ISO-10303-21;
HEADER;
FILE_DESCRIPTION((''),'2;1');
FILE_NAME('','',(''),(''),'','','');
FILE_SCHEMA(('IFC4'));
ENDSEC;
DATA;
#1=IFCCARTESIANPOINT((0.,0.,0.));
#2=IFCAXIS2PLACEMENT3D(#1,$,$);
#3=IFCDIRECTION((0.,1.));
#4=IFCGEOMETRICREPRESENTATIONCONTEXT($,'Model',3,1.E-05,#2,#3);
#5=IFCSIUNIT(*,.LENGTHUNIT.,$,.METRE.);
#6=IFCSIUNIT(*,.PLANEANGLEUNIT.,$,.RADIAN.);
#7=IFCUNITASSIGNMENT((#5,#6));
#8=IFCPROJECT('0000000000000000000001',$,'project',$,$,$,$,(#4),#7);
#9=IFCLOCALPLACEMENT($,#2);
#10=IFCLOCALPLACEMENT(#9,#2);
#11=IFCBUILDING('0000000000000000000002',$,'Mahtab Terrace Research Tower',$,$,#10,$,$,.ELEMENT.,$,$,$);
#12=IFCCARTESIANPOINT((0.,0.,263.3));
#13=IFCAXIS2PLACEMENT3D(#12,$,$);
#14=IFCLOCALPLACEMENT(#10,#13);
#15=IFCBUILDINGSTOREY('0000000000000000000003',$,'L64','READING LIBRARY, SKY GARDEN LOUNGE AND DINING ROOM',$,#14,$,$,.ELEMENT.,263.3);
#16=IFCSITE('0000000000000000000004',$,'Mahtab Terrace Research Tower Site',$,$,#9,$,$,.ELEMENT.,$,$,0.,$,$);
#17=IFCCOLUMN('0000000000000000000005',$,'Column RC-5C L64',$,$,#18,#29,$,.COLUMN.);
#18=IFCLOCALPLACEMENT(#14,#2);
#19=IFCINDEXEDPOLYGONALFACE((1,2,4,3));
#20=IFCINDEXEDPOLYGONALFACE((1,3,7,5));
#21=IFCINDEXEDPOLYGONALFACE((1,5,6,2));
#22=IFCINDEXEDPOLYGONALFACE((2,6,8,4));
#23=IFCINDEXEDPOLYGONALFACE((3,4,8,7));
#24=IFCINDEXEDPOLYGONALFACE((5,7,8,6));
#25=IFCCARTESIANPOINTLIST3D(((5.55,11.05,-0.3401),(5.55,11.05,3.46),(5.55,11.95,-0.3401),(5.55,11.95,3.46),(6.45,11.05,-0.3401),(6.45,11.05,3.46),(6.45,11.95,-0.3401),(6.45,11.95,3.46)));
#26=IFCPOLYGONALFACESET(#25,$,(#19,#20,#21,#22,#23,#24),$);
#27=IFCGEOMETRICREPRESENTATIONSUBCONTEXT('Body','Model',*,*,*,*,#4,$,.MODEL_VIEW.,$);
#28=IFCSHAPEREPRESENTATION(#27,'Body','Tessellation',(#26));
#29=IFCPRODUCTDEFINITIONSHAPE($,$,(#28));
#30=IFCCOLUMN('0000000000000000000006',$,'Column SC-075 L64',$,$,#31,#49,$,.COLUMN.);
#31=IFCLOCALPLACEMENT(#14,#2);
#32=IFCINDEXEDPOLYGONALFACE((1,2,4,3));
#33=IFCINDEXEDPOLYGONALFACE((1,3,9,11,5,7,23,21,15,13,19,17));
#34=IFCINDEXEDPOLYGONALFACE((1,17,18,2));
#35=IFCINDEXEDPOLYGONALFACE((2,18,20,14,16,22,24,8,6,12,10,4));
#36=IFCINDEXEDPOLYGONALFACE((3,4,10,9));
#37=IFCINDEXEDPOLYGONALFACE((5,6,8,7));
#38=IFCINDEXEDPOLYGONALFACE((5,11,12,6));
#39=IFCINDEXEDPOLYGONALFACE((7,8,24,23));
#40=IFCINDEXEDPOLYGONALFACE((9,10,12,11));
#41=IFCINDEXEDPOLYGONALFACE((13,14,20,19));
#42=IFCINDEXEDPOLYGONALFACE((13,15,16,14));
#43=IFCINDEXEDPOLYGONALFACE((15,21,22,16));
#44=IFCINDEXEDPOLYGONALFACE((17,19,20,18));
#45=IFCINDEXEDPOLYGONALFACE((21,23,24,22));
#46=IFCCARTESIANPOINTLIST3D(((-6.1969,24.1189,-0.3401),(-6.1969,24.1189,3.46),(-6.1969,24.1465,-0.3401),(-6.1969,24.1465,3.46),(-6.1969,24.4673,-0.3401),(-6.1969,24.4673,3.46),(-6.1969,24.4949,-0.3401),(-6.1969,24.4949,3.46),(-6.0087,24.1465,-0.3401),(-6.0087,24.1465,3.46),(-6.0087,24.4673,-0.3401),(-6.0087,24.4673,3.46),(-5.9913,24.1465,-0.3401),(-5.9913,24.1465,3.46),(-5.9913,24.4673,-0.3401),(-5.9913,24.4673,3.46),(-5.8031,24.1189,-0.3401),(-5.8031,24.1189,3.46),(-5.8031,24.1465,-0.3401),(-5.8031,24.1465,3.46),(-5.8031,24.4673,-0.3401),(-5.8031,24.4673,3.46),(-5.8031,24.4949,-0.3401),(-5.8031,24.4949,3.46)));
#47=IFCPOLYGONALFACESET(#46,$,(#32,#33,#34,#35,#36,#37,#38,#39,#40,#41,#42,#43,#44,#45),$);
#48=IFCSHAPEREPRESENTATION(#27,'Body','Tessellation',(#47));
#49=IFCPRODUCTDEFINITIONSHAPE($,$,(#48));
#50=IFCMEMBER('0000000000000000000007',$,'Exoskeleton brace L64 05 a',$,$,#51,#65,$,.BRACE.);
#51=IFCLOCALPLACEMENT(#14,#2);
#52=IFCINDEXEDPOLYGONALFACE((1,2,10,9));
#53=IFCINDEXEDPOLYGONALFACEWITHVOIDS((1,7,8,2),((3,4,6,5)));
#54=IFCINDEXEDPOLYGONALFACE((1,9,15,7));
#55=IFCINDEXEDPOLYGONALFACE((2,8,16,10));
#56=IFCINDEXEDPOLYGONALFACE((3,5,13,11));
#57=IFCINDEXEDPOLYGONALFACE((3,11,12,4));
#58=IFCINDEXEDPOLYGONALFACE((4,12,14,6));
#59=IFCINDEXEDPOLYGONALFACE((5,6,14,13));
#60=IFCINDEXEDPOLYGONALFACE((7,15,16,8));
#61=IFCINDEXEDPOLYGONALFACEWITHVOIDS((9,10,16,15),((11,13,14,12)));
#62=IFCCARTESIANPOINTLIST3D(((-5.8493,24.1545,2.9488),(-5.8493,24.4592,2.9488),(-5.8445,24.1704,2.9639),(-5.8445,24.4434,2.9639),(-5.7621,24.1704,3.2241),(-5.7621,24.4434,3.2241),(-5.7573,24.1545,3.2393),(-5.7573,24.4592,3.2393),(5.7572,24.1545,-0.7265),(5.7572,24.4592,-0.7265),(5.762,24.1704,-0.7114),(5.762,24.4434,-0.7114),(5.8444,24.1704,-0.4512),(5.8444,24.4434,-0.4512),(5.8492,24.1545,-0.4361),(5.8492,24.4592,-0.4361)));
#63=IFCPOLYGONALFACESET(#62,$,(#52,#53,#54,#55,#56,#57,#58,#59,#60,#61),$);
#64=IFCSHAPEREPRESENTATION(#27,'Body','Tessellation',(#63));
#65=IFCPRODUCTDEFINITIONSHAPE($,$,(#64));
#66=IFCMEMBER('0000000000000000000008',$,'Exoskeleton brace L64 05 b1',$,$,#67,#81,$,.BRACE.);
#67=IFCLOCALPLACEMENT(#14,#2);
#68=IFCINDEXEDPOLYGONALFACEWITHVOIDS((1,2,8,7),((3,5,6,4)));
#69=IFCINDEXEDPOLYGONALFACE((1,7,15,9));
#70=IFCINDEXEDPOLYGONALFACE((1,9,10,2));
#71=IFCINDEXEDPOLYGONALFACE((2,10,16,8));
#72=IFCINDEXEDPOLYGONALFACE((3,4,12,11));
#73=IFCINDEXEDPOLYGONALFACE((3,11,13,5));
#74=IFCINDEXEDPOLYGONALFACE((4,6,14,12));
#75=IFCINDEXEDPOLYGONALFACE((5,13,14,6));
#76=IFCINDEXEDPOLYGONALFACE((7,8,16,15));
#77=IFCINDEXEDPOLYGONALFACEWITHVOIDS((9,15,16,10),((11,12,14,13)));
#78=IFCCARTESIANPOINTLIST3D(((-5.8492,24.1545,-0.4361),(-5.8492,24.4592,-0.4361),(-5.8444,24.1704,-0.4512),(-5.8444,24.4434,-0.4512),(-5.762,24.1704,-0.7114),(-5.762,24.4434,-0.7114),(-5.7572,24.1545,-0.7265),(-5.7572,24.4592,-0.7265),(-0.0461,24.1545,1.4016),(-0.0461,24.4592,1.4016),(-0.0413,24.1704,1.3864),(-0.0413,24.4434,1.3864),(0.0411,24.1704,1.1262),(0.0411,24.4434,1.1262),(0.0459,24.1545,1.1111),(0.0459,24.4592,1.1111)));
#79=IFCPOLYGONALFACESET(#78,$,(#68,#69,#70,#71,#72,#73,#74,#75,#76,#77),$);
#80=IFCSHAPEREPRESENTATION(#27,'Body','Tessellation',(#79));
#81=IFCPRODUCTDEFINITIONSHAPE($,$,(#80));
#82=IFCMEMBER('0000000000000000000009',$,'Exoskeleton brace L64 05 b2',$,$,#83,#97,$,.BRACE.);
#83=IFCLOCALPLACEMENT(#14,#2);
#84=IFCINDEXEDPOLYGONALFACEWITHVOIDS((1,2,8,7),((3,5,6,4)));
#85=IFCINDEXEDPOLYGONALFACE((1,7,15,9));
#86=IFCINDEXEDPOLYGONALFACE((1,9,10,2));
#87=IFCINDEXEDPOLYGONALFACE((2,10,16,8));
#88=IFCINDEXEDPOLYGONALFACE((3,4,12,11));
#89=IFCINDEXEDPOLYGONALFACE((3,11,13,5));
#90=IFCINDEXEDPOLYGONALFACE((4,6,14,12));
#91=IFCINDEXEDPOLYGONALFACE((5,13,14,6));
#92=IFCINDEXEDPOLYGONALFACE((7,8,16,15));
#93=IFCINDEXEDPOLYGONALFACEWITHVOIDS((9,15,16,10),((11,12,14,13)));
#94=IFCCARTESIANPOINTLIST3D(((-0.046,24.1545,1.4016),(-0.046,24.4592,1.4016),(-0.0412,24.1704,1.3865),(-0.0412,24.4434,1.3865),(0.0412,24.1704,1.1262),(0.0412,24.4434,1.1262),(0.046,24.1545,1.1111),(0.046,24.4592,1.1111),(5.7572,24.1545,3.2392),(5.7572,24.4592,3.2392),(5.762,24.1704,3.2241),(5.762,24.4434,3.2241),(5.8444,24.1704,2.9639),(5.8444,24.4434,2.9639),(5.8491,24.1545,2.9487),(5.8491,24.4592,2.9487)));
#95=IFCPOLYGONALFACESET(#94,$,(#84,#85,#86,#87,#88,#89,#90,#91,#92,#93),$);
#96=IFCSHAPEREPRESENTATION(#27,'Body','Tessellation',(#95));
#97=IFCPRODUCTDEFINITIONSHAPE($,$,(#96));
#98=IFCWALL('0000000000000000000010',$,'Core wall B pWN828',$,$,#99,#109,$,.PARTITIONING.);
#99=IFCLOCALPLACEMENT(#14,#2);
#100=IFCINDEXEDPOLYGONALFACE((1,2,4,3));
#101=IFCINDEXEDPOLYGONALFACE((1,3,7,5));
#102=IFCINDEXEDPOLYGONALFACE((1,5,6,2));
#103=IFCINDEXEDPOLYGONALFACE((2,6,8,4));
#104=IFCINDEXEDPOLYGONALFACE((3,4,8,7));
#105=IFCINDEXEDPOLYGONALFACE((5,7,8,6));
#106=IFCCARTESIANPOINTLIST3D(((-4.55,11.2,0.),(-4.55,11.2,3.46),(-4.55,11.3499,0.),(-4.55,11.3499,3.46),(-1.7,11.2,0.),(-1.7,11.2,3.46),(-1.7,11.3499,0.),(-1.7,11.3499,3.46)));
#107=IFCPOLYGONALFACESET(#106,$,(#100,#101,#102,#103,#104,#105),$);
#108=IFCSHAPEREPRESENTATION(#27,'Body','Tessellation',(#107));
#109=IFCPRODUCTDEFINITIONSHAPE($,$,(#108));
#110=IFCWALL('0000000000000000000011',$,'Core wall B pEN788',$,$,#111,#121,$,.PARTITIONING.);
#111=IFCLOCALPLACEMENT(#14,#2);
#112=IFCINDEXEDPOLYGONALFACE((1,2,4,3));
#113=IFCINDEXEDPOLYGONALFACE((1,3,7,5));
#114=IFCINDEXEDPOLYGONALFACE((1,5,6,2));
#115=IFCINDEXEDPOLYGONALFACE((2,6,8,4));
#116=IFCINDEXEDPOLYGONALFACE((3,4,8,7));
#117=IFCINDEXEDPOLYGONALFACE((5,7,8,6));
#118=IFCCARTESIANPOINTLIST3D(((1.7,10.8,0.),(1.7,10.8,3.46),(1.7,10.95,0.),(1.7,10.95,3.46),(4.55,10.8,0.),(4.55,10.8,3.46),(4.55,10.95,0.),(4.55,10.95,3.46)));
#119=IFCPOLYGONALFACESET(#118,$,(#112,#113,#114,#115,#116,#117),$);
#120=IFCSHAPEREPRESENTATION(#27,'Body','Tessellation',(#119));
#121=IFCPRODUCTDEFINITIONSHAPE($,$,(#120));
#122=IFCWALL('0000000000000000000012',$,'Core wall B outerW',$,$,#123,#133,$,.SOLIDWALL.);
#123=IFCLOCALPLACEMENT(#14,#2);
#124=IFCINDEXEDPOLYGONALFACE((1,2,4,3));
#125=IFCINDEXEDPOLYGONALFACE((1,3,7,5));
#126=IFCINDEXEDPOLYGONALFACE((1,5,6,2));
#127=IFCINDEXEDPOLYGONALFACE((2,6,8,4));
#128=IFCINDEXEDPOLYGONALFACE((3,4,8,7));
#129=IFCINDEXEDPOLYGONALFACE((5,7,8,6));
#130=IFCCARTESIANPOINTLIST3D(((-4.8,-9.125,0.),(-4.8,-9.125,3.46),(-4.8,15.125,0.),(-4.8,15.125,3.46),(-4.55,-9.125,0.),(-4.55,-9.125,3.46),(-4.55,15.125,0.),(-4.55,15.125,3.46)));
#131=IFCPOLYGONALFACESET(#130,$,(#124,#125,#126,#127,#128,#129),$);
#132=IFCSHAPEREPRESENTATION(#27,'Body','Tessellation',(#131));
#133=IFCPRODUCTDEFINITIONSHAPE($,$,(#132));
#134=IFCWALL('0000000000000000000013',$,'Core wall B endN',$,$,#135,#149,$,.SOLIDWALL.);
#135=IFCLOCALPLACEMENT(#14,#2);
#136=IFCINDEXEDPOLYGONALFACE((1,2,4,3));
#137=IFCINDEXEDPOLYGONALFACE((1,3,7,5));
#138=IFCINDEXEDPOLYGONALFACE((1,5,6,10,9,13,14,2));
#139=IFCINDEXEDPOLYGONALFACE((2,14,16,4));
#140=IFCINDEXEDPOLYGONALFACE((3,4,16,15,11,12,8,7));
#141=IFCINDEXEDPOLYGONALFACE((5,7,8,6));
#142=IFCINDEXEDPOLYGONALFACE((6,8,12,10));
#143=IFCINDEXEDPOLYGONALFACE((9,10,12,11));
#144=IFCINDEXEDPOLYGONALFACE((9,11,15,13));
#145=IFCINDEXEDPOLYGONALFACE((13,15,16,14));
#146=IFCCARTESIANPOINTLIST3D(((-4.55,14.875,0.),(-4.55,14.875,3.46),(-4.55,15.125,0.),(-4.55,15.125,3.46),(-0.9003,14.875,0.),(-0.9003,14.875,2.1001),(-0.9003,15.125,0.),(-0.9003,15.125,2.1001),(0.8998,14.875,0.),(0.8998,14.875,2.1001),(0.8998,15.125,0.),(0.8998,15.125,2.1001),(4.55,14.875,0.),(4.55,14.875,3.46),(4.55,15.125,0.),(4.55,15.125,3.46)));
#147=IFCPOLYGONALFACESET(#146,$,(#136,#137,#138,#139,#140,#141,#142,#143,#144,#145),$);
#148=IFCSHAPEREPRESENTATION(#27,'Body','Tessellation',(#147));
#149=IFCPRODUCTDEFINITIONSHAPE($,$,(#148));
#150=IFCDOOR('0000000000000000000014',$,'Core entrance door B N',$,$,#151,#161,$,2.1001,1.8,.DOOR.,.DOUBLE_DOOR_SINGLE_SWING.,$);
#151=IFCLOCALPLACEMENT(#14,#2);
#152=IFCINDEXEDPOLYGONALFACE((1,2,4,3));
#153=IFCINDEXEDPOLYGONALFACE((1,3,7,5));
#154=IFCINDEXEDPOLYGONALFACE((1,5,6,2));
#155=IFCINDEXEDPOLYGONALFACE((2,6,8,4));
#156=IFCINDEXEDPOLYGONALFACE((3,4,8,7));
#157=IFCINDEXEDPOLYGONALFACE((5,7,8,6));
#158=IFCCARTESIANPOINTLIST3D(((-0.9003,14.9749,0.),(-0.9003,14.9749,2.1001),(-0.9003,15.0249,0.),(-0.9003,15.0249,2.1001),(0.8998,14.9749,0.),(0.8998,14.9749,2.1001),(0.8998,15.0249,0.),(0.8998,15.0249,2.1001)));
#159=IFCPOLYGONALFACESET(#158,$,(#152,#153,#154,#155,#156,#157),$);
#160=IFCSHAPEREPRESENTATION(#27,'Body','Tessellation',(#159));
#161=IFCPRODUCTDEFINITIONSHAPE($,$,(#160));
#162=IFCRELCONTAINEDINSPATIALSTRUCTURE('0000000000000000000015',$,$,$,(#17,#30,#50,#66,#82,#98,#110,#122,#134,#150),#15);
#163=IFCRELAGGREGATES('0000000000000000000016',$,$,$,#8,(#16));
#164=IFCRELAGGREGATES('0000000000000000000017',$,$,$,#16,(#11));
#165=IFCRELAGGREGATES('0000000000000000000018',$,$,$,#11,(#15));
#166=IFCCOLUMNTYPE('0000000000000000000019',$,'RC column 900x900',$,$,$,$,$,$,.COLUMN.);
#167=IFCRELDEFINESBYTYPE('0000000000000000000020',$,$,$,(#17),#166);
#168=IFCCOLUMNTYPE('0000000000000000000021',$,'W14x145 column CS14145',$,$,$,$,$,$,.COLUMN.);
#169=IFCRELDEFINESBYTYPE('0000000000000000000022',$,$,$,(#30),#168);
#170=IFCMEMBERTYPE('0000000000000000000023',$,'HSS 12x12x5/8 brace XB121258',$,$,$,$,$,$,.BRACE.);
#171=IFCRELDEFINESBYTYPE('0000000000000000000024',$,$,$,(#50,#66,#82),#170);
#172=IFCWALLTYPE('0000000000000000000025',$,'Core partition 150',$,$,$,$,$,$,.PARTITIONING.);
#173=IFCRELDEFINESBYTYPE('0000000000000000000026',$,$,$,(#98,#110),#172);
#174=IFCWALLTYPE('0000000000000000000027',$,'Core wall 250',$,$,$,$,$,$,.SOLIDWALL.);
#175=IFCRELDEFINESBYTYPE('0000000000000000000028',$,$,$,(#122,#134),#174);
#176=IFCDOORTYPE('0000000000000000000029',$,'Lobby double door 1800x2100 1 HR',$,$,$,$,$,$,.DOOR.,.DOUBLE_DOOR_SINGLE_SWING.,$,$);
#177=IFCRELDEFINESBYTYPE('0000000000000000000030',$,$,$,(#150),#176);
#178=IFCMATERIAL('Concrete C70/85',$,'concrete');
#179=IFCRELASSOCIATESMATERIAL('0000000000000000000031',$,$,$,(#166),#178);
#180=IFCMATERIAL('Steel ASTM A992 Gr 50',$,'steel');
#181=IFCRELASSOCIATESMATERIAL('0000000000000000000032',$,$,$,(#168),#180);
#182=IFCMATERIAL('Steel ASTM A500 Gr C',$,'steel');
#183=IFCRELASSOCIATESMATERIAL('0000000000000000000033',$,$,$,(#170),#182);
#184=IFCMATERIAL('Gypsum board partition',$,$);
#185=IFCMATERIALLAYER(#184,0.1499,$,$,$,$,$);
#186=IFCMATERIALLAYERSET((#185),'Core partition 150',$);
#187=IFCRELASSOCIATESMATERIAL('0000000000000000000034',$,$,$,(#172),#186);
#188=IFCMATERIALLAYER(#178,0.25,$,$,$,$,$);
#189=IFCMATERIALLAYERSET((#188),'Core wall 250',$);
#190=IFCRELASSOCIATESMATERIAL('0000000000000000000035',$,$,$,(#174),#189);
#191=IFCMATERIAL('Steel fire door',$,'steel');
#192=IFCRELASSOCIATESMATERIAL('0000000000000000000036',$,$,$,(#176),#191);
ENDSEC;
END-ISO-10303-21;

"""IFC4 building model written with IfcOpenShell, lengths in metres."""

from ifc_helpers import new_model, si_unit, direction, frame, frame_2d, origin, origin_2d, place, context, subcontext, project, spatial, rectangle, hollow_rectangle, i_section, extrude, material, layer, layer_set, material_profile, profile_set, type_object, element, fill, save


model = new_model("IFC4")

# Units and contexts
model_context = context("Model", 3, precision=1e-05, world=origin(), true_north=direction((0.0, 1.0)))
body_context = subcontext(model_context, "Body", "Model", "MODEL_VIEW")
ifc_project = project(units=[si_unit("LENGTHUNIT", "METRE"), si_unit("PLANEANGLEUNIT", "RADIAN")], contexts=[model_context])

# Site, building, storey
site_placement = place(None, origin())
site = spatial("IfcSite", under=ifc_project, at=site_placement, Name="Mahtab Terrace Research Tower Site", CompositionType="ELEMENT", RefElevation=0.0)
building_placement = place(site_placement, origin())
building = spatial("IfcBuilding", under=site, at=building_placement, Name="Mahtab Terrace Research Tower", CompositionType="ELEMENT")
storey_placement = place(building_placement, frame((0.0, 0.0, 263.3)))
storey = spatial("IfcBuildingStorey", under=building, at=storey_placement, Name="L64", Description="READING LIBRARY, SKY GARDEN LOUNGE AND DINING ROOM", CompositionType="ELEMENT", Elevation=263.3)

# Columns
ifc_material_1 = material(Name="Concrete C70/85", Category="concrete")
ifc_material_profile_1 = material_profile(ifc_material_1, rectangle(XDim=0.8999, YDim=0.8999, at=origin_2d()), Name="RC column 900x900")
ifc_profile_set_1 = profile_set([ifc_material_profile_1], Name="Concrete C70/85")
column_type_1 = type_object("IfcColumnType", Name="RC column 900x900", PredefinedType="COLUMN", material=ifc_profile_set_1)
column_1_placement = place(storey_placement, frame((6.0, 11.5, -0.3401), z_axis=(0.0, 0.0, 1.0), x_axis=(1.0, 0.0, 0.0)))
element("IfcColumn", 1, at=column_1_placement, inside=storey, type_object=column_type_1, Name="Column RC-5C L64", PredefinedType="COLUMN", context=body_context, shape_type="SweptSolid", body=[
    extrude(rectangle(XDim=0.8999, YDim=0.8999, at=origin_2d()), origin(), (0.0, 0.0, 1.0), 3.8),
])
ifc_material_2 = material(Name="Steel ASTM A992 Gr 50", Category="steel")
ifc_material_profile_2 = material_profile(ifc_material_2, i_section(OverallWidth=0.3938, OverallDepth=0.376, WebThickness=0.0173, FlangeThickness=0.0276, at=origin_2d()), Name="W14X145")
ifc_profile_set_2 = profile_set([ifc_material_profile_2], Name="Steel ASTM A992 Gr 50")
column_type_2 = type_object("IfcColumnType", Name="W14x145 column CS14145", PredefinedType="COLUMN", material=ifc_profile_set_2)
column_2_placement = place(storey_placement, frame((-6.0, 24.3069, -0.3401), z_axis=(0.0, 0.0, 1.0), x_axis=(1.0, 0.0, 0.0)))
element("IfcColumn", 2, at=column_2_placement, inside=storey, type_object=column_type_2, Name="Column SC-075 L64", PredefinedType="COLUMN", context=body_context, shape_type="SweptSolid", body=[
    extrude(i_section(OverallWidth=0.3938, OverallDepth=0.376, WebThickness=0.0173, FlangeThickness=0.0276, at=origin_2d()), origin(), (0.0, 0.0, 1.0), 3.8),
])

# Members
ifc_material_3 = material(Name="Steel ASTM A500 Gr C", Category="steel")
ifc_material_profile_3 = material_profile(ifc_material_3, hollow_rectangle(XDim=0.3047, YDim=0.3047, WallThickness=0.0159, at=origin_2d()), Name="HSS12X12X5/8")
ifc_profile_set_3 = profile_set([ifc_material_profile_3], Name="Steel ASTM A500 Gr C")
member_type = type_object("IfcMemberType", Name="HSS 12x12x5/8 brace XB121258", PredefinedType="BRACE", material=ifc_profile_set_3)
member_placement = place(storey_placement, frame((5.8032, 24.3069, -0.5813), z_axis=(-0.953344, 0.0, 0.301886), x_axis=(0.0, -1.0, 0.0)))
element("IfcMember", 3, at=member_placement, inside=storey, type_object=member_type, Name="Exoskeleton brace L64 05 a", PredefinedType="BRACE", context=body_context, shape_type="SweptSolid", body=[
    extrude(hollow_rectangle(XDim=0.3047, YDim=0.3047, WallThickness=0.0159, at=origin_2d()), origin(), (0.0, 0.0, 1.0), 12.1746),
])
for number, where, z_axis, x_axis, name in (
    (4, (-5.8032, 24.3069, -0.5813), (0.953344, 0.0, 0.301886), (0.0, 1.0, 0.0), "Exoskeleton brace L64 05 b1"),
    (5, (0.0, 24.3069, 1.2563), (0.953344, 0.0, 0.301886), (0.0, 1.0, 0.0), "Exoskeleton brace L64 05 b2"),
):
    element("IfcMember", number, at=place(storey_placement, frame(where, z_axis=z_axis, x_axis=x_axis)), inside=storey, type_object=member_type, Name=name, PredefinedType="BRACE", context=body_context, shape_type="SweptSolid", body=[
        extrude(hollow_rectangle(XDim=0.3047, YDim=0.3047, WallThickness=0.0159, at=origin_2d()), origin(), (0.0, 0.0, 1.0), 6.0872),
    ])

# Walls
ifc_material_4 = material(Name="Gypsum board partition")
ifc_layer_1 = layer(ifc_material_4, 0.1499)
ifc_layer_set_1 = layer_set([ifc_layer_1], Name="Core partition 150")
wall_type_1 = type_object("IfcWallType", Name="Core partition 150", PredefinedType="PARTITIONING", material=ifc_layer_set_1)
for number, where, z_axis, x_axis, name in (
    (6, (-4.55, 11.2749, 0.0), (0.0, 0.0, 1.0), (1.0, 0.0, 0.0), "Core wall B pWN828"),
    (7, (1.7, 10.875, 0.0), (0.0, 0.0, 1.0), (1.0, 0.0, 0.0), "Core wall B pEN788"),
):
    element("IfcWall", number, at=place(storey_placement, frame(where, z_axis=z_axis, x_axis=x_axis)), inside=storey, type_object=wall_type_1, Name=name, PredefinedType="PARTITIONING", context=body_context, shape_type="SweptSolid", body=[
        extrude(rectangle(XDim=2.8501, YDim=0.1499, at=frame_2d((1.425, 0.0))), origin(), (0.0, 0.0, 1.0), 3.46),
    ])
ifc_layer_2 = layer(ifc_material_1, 0.25)
ifc_layer_set_2 = layer_set([ifc_layer_2], Name="Core wall 250")
wall_type_2 = type_object("IfcWallType", Name="Core wall 250", PredefinedType="SOLIDWALL", material=ifc_layer_set_2)
wall_1_placement = place(storey_placement, frame((-4.675, 15.125, 0.0), z_axis=(0.0, 0.0, 1.0), x_axis=(0.0, -1.0, 0.0)))
element("IfcWall", 8, at=wall_1_placement, inside=storey, type_object=wall_type_2, Name="Core wall B outerW", PredefinedType="SOLIDWALL", context=body_context, shape_type="SweptSolid", body=[
    extrude(rectangle(XDim=24.25, YDim=0.25, at=frame_2d((12.125, 0.0))), origin(), (0.0, 0.0, 1.0), 3.46),
])

# Wall, opening, door
wall_2_placement = place(storey_placement, frame((-4.55, 15.0, 0.0), z_axis=(0.0, 0.0, 1.0), x_axis=(1.0, 0.0, 0.0)))
wall_2 = element("IfcWall", 9, at=wall_2_placement, inside=storey, type_object=wall_type_2, Name="Core wall B endN", PredefinedType="SOLIDWALL", context=body_context, shape_type="SweptSolid", body=[
    extrude(rectangle(XDim=9.1001, YDim=0.25, at=frame_2d((4.55, 0.0))), origin(), (0.0, 0.0, 1.0), 3.46),
])
opening_1_placement = place(wall_2_placement, frame((3.6499, 0.0, 0.0)))
opening_1 = element("IfcOpeningElement", 10, at=opening_1_placement, cuts=wall_2, PredefinedType="OPENING", context=body_context, shape_type="SweptSolid", body=[
    extrude(rectangle(XDim=1.8, YDim=2.1001, at=frame_2d((0.8999, 1.05))), frame((0.0, 0.135, 0.0), z_axis=(0.0, -1.0, 0.0), x_axis=(1.0, 0.0, 0.0)), (0.0, 0.0, 1.0), 0.27),
])
ifc_material_5 = material(Name="Steel fire door", Category="steel")
door_type_1 = type_object("IfcDoorType", Name="Lobby double door 1800x2100 1 HR", OperationType="DOUBLE_DOOR_SINGLE_SWING", PredefinedType="DOOR", material=ifc_material_5)
door_1_placement = place(opening_1_placement, origin())
door_1 = element("IfcDoor", 11, at=door_1_placement, inside=storey, type_object=door_type_1, Name="Core entrance door B N", OperationType="DOUBLE_DOOR_SINGLE_SWING", OverallHeight=2.1001, OverallWidth=1.8, PredefinedType="DOOR", context=body_context, shape_type="SweptSolid", body=[
    extrude(rectangle(XDim=1.8, YDim=2.1001, at=frame_2d((0.8999, 1.05))), frame((0.0, 0.0249, 0.0), z_axis=(0.0, -1.0, 0.0), x_axis=(1.0, 0.0, 0.0)), (0.0, 0.0, 1.0), 0.05),
])
fill(opening_1, door_1)

save(model, "model.ifc")
